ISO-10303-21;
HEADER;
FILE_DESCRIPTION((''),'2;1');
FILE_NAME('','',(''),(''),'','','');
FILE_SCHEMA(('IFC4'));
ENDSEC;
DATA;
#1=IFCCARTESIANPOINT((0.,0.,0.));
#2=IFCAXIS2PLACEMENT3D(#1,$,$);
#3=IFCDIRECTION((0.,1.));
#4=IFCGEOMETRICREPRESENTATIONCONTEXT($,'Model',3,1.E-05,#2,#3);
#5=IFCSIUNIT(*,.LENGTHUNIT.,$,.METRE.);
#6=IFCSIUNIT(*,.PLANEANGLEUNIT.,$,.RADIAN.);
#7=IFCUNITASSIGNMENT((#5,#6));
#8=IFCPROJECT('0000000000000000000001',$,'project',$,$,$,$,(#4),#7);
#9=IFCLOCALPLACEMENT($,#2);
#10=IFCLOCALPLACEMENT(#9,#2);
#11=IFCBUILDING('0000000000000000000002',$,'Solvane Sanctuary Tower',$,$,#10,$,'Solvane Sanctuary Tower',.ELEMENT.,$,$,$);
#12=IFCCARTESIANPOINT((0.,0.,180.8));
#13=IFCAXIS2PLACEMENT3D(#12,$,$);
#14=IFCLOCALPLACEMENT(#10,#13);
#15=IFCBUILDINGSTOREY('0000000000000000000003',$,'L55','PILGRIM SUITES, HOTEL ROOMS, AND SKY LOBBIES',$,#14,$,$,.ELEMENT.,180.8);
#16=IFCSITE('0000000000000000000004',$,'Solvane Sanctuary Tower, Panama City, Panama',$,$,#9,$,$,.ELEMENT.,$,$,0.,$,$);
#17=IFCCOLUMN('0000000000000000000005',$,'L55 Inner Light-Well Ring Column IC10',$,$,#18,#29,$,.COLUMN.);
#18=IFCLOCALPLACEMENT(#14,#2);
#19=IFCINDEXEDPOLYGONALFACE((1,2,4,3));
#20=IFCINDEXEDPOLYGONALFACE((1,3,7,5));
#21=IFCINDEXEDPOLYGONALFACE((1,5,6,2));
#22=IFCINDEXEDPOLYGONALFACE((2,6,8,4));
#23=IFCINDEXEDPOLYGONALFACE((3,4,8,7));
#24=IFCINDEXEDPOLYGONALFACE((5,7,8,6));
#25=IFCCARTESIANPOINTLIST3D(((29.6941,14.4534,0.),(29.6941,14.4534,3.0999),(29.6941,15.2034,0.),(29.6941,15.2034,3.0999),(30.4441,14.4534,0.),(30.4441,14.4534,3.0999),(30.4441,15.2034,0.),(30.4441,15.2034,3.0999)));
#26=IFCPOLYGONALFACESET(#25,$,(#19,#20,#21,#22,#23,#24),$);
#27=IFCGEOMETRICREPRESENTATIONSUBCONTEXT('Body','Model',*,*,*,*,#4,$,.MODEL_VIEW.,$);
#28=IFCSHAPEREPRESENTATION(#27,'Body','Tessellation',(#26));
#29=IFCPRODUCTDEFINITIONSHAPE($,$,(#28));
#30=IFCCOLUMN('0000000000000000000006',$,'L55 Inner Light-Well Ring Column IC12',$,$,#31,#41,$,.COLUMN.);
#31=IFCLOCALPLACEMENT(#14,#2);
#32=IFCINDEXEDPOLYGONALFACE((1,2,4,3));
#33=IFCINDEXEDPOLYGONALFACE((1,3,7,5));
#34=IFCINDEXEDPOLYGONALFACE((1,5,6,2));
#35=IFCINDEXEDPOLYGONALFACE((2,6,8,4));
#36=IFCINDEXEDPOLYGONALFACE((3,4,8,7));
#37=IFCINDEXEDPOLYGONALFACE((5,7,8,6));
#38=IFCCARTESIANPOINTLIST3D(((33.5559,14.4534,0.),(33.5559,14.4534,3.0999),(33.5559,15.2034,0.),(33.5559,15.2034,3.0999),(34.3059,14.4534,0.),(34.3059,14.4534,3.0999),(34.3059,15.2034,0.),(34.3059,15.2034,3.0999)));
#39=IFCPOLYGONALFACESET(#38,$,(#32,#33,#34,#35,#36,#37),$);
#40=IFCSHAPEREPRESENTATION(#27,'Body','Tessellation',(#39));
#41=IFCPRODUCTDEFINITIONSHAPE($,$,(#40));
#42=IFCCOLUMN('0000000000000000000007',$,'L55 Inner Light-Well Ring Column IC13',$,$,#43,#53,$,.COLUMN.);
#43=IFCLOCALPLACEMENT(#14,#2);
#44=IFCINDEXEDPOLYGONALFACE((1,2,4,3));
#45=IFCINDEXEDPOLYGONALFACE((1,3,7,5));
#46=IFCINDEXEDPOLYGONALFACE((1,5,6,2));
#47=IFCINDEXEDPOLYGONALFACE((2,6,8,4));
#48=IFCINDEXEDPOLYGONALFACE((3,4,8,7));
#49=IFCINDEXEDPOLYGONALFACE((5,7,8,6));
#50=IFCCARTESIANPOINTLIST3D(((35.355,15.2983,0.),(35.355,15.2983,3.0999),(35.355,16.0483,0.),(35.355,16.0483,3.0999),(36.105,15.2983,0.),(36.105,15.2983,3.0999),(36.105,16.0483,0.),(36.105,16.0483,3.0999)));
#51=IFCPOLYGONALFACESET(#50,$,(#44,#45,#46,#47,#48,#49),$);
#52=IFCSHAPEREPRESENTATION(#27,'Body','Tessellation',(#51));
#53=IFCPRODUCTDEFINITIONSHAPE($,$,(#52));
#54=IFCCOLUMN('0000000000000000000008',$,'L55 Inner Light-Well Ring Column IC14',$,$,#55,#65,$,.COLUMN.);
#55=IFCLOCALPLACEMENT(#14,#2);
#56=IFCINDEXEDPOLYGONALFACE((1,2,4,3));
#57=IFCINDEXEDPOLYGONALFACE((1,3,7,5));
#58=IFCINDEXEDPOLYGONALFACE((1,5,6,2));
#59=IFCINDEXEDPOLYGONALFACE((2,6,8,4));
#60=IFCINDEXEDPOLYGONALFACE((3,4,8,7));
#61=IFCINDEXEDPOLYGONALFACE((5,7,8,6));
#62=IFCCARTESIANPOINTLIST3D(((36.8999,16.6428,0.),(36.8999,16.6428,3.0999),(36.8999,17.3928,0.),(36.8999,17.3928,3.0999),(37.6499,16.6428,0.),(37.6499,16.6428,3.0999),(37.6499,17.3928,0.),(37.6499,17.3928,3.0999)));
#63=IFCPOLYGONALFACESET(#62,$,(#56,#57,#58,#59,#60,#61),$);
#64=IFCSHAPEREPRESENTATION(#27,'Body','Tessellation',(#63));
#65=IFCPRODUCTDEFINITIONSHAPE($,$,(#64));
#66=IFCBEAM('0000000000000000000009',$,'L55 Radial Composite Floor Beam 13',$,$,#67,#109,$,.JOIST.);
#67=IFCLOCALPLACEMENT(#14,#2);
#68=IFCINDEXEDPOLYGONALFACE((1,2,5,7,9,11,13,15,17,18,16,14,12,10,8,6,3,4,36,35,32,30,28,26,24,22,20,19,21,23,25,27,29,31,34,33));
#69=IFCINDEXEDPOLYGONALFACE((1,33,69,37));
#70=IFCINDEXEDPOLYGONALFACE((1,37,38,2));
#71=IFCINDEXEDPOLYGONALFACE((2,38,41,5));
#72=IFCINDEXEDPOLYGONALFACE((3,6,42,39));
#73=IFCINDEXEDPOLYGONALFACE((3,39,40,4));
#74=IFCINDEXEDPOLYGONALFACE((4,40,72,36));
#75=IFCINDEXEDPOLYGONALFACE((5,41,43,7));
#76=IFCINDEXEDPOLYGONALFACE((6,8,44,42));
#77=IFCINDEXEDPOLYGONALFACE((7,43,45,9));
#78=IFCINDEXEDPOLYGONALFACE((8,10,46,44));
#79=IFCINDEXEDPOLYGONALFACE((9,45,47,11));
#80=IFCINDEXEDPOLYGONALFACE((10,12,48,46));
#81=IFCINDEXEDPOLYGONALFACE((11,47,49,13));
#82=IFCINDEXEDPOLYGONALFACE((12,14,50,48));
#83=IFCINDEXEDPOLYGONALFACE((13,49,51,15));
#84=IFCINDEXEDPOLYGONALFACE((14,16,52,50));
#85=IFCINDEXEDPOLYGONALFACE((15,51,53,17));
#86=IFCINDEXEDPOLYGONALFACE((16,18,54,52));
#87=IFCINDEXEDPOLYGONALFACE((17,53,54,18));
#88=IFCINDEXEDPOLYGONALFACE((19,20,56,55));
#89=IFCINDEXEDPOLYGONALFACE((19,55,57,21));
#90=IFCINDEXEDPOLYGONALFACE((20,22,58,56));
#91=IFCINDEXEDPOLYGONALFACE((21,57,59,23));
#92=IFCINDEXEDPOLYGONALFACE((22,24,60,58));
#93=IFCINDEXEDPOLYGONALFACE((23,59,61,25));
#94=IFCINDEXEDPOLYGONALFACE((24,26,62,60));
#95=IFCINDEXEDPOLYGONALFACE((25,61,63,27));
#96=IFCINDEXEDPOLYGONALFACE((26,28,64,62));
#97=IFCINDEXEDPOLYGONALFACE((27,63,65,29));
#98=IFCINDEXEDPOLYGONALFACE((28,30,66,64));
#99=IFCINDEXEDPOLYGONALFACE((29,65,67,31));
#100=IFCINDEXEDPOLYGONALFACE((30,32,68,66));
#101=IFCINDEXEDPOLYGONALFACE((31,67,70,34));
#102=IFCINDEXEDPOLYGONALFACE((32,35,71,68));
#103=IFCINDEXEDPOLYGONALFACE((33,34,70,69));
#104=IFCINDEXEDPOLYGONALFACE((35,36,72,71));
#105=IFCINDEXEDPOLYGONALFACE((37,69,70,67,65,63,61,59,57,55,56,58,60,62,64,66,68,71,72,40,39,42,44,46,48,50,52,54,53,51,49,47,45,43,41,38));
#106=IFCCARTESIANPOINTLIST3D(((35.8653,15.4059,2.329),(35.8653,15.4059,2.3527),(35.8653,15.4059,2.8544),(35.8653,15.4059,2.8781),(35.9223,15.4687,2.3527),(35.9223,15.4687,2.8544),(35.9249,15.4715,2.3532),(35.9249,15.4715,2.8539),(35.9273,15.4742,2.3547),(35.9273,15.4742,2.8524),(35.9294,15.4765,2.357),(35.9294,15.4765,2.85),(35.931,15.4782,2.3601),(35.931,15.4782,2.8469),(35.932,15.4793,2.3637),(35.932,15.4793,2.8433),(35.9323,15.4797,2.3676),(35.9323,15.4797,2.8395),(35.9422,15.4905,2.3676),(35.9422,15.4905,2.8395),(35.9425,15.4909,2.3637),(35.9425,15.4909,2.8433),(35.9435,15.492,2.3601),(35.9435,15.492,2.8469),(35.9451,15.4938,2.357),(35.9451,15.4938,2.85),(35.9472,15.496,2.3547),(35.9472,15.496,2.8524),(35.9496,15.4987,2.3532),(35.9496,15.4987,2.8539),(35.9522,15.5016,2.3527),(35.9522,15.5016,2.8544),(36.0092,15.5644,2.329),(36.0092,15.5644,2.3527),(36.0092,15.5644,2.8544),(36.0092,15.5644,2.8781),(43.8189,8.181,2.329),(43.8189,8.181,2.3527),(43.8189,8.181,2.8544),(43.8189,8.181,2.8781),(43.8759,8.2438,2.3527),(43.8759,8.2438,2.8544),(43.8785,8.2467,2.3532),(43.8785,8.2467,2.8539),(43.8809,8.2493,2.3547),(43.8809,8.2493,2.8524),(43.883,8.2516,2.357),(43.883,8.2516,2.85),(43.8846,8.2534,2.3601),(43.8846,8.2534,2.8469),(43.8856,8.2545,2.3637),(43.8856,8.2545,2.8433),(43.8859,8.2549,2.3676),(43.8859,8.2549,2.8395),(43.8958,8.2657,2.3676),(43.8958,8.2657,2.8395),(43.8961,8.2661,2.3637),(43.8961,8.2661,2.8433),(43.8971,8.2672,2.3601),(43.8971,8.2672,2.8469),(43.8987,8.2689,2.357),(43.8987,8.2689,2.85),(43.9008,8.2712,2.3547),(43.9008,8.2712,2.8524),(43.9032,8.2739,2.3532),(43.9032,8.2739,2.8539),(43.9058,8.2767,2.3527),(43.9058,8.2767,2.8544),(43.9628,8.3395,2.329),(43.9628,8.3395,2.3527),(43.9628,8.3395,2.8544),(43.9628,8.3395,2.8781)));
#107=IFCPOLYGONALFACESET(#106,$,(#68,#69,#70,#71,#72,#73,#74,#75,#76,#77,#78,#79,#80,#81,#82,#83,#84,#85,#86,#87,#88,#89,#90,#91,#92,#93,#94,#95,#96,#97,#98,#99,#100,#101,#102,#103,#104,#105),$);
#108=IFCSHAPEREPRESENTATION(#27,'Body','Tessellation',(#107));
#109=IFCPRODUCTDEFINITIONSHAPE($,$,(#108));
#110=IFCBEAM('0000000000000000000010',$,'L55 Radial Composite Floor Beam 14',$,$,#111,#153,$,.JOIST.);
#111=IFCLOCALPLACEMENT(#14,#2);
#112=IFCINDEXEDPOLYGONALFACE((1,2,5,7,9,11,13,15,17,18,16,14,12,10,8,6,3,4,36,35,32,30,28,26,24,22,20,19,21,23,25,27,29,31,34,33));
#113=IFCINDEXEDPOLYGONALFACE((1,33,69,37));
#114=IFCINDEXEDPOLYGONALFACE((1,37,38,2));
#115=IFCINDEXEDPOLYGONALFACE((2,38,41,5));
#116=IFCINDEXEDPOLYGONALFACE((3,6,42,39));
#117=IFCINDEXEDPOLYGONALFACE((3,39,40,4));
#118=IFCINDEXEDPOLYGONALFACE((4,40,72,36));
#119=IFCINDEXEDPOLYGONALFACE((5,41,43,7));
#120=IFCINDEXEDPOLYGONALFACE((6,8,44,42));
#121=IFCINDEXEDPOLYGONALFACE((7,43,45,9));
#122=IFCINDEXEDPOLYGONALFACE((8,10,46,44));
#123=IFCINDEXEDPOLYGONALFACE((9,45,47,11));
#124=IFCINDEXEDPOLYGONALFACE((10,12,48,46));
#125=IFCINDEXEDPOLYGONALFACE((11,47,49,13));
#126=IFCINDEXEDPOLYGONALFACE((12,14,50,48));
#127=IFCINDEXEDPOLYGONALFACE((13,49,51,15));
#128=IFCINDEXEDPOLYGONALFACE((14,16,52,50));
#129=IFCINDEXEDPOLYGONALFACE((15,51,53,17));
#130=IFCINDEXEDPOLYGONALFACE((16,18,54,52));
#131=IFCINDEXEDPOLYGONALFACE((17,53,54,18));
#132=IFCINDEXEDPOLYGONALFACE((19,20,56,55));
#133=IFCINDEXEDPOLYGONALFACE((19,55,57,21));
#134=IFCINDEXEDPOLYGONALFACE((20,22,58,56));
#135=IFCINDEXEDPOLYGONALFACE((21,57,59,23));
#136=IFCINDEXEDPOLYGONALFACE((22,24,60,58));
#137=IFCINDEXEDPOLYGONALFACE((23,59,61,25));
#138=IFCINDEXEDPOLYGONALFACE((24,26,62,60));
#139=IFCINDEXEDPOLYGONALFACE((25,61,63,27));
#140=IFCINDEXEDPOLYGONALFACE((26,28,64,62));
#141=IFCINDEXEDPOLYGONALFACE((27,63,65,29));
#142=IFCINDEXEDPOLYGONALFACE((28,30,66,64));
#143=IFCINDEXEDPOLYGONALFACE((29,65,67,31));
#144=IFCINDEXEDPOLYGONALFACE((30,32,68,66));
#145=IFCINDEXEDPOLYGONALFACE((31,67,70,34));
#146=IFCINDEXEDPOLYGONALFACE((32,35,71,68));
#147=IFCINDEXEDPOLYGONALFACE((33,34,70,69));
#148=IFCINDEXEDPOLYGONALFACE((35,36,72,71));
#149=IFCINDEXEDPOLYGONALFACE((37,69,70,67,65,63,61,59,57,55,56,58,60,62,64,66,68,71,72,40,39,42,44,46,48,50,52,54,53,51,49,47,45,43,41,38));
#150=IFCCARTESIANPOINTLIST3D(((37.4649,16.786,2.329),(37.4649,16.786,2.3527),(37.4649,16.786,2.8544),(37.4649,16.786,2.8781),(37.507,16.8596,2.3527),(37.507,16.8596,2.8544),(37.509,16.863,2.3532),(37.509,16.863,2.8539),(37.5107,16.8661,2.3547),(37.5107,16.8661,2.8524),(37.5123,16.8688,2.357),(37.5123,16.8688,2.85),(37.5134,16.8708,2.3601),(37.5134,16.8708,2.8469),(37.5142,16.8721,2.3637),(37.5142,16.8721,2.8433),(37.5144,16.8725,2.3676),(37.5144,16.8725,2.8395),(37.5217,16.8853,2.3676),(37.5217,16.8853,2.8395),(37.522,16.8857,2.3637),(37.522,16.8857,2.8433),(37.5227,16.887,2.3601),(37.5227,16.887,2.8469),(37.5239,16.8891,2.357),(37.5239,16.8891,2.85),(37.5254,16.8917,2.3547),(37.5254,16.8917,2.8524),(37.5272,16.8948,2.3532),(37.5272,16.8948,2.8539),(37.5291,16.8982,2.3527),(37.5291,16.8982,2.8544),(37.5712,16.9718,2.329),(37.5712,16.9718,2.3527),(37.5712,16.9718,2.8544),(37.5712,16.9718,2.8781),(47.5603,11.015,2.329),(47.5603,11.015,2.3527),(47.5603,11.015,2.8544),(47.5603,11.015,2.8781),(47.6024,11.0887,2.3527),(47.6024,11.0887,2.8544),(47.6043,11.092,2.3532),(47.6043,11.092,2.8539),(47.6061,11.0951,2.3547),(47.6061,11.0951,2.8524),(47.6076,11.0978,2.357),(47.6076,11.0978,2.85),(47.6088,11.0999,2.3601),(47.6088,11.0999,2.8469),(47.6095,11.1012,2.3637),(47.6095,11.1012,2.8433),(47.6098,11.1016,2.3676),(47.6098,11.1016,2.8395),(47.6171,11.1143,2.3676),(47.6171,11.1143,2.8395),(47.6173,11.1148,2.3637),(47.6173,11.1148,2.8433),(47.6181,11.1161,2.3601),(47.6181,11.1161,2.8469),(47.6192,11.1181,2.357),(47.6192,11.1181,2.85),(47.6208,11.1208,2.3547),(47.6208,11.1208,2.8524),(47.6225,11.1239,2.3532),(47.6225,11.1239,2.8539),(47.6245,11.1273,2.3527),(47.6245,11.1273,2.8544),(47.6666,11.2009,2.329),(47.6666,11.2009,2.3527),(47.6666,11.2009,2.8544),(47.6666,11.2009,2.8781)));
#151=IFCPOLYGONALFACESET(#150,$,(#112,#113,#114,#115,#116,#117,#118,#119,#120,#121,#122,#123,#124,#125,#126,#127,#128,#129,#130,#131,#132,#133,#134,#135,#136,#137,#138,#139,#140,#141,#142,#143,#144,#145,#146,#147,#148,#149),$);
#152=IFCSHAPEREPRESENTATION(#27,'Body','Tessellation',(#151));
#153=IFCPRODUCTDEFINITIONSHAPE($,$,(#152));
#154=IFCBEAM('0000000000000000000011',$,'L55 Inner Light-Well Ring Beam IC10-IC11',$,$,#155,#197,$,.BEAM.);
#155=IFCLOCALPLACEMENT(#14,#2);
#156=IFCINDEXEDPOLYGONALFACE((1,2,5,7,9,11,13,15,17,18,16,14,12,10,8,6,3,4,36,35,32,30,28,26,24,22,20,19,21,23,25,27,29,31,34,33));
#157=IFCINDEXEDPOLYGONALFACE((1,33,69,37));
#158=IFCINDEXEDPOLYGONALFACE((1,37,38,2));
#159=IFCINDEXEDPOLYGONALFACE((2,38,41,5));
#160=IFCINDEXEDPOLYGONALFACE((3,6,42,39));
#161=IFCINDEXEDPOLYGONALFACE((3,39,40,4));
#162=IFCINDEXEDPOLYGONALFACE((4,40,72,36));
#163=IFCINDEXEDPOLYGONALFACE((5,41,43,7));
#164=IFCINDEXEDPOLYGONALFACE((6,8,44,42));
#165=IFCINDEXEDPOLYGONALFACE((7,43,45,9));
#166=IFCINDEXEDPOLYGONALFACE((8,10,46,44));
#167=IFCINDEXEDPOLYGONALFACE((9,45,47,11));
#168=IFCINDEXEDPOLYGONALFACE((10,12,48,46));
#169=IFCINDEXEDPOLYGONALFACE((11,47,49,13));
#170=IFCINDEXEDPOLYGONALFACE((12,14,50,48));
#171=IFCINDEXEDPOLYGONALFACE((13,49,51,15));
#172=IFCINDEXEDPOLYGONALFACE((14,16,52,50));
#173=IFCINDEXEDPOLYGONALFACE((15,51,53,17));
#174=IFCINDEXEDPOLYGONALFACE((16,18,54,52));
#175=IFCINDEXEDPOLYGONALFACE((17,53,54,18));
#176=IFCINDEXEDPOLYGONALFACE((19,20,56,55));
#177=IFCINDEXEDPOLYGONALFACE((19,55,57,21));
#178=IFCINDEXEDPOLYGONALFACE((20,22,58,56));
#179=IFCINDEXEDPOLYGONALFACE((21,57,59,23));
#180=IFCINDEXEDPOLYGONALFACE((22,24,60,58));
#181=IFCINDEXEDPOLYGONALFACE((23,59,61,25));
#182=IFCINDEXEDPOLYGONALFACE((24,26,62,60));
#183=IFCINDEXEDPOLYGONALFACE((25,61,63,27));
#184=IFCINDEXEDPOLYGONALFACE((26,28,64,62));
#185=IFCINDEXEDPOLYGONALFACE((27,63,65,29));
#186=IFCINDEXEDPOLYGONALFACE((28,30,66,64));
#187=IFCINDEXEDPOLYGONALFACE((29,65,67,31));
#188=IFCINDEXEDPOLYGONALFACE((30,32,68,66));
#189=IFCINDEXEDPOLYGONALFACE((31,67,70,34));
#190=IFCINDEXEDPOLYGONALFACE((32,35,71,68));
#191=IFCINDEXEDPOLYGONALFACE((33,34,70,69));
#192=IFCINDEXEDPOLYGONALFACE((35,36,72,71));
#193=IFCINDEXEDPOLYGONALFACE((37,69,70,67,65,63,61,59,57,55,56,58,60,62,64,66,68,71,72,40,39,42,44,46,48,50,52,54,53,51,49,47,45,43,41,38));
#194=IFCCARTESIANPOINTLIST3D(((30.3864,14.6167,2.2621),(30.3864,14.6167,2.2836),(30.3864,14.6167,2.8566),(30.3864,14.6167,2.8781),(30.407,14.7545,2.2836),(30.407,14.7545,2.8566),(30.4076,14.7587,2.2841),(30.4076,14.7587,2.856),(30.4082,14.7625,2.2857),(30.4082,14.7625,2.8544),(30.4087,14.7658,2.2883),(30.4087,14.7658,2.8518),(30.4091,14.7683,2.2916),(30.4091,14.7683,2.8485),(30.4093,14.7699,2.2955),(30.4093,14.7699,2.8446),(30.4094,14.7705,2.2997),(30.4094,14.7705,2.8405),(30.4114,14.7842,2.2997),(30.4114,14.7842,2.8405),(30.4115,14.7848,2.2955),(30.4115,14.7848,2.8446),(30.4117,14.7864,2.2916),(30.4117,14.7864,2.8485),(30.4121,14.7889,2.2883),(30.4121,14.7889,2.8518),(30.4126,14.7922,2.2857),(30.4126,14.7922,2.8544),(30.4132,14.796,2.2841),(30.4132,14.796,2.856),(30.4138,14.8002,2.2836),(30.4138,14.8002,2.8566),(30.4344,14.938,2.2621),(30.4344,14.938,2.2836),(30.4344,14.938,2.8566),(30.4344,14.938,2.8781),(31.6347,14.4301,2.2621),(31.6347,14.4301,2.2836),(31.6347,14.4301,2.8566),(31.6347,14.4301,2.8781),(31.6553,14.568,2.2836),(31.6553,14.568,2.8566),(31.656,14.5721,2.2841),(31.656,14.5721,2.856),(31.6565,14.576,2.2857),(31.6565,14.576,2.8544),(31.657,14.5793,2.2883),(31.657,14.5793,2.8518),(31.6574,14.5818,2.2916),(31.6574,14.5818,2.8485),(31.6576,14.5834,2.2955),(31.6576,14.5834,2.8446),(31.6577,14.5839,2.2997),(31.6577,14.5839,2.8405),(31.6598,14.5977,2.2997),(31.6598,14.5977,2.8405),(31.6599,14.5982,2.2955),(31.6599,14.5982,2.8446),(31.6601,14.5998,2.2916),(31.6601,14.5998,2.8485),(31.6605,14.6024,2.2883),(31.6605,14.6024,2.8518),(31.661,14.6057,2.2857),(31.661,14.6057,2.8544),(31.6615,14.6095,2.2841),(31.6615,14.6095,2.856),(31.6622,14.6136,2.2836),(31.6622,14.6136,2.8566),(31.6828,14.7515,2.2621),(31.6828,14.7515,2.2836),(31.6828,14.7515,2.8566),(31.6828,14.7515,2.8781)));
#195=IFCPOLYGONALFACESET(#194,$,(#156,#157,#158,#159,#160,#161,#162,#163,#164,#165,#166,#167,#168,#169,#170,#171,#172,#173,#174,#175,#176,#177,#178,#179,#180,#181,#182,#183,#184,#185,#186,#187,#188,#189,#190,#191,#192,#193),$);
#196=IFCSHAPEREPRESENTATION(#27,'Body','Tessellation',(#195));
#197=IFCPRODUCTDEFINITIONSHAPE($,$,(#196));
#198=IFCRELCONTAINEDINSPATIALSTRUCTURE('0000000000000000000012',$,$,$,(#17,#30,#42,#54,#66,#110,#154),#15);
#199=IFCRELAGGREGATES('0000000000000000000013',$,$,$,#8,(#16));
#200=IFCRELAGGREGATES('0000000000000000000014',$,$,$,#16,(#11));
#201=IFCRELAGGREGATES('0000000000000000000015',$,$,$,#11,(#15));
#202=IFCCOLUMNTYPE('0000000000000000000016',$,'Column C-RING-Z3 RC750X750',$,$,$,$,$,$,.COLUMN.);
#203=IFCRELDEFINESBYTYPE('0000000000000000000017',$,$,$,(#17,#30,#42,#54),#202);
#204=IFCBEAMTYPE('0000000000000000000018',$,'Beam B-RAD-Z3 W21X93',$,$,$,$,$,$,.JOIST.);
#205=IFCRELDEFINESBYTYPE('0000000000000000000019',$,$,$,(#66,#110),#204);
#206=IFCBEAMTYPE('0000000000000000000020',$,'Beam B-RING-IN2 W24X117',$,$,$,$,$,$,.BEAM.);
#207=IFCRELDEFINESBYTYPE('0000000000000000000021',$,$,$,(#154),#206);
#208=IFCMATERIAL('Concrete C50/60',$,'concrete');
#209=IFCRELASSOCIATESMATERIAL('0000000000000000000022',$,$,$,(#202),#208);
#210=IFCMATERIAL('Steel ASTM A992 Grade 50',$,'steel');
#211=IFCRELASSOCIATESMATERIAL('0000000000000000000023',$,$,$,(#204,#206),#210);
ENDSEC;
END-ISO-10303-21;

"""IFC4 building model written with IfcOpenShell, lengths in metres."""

from ifc_helpers import new_model, si_unit, direction, frame, origin, origin_2d, place, context, subcontext, project, spatial, rectangle, i_section, extrude, material, material_profile, profile_set, type_object, element, save


model = new_model("IFC4")

# Units and contexts
model_context = context("Model", 3, precision=1e-05, world=origin(), true_north=direction((0.0, 1.0)))
body_context = subcontext(model_context, "Body", "Model", "MODEL_VIEW")
ifc_project = project(units=[si_unit("LENGTHUNIT", "METRE"), si_unit("PLANEANGLEUNIT", "RADIAN")], contexts=[model_context])

# Site, building, storey
site_placement = place(None, origin())
site = spatial("IfcSite", under=ifc_project, at=site_placement, Name="Solvane Sanctuary Tower, Panama City, Panama", CompositionType="ELEMENT", RefElevation=0.0)
building_placement = place(site_placement, origin())
building = spatial("IfcBuilding", under=site, at=building_placement, Name="Solvane Sanctuary Tower", LongName="Solvane Sanctuary Tower", CompositionType="ELEMENT")
storey_placement = place(building_placement, frame((0.0, 0.0, 180.8)))
storey = spatial("IfcBuildingStorey", under=building, at=storey_placement, Name="L55", Description="PILGRIM SUITES, HOTEL ROOMS, AND SKY LOBBIES", CompositionType="ELEMENT", Elevation=180.8)

# Columns
ifc_material_1 = material(Name="Concrete C50/60", Category="concrete")
ifc_material_profile_1 = material_profile(ifc_material_1, rectangle(XDim=0.75, YDim=0.75, at=origin_2d()), Name="RC750X750")
ifc_profile_set_1 = profile_set([ifc_material_profile_1], Name="Concrete C50/60")
column_type = type_object("IfcColumnType", Name="Column C-RING-Z3 RC750X750", PredefinedType="COLUMN", material=ifc_profile_set_1)
for number, where, z_axis, x_axis, name in (
    (1, (30.0691, 14.8284, 0.0), (0.0, 0.0, 1.0), (1.0, 0.0, 0.0), "L55 Inner Light-Well Ring Column IC10"),
    (2, (33.9309, 14.8284, 0.0), (0.0, 0.0, 1.0), (1.0, 0.0, 0.0), "L55 Inner Light-Well Ring Column IC12"),
    (3, (35.73, 15.6733, 0.0), (0.0, 0.0, 1.0), (1.0, 0.0, 0.0), "L55 Inner Light-Well Ring Column IC13"),
    (4, (37.2749, 17.0178, 0.0), (0.0, 0.0, 1.0), (1.0, 0.0, 0.0), "L55 Inner Light-Well Ring Column IC14"),
):
    element("IfcColumn", number, at=place(storey_placement, frame(where, z_axis=z_axis, x_axis=x_axis)), inside=storey, type_object=column_type, Name=name, PredefinedType="COLUMN", context=body_context, shape_type="SweptSolid", body=[
        extrude(rectangle(XDim=0.75, YDim=0.75, at=origin_2d()), origin(), (0.0, 0.0, 1.0), 3.0999),
    ])

# Beams
ifc_material_2 = material(Name="Steel ASTM A992 Grade 50", Category="steel")
ifc_material_profile_2 = material_profile(ifc_material_2, i_section(OverallWidth=0.2141, OverallDepth=0.5491, WebThickness=0.0146, FlangeThickness=0.0237, FilletRadius=0.0149, at=origin_2d()), Name="W21X93")
ifc_profile_set_2 = profile_set([ifc_material_profile_2], Name="Steel ASTM A992 Grade 50")
beam_type_1 = type_object("IfcBeamType", Name="Beam B-RAD-Z3 W21X93", PredefinedType="JOIST", material=ifc_profile_set_2)
beam_1_placement = place(storey_placement, frame((35.9373, 15.4851, 2.6035), z_axis=(0.740204, -0.672382, 0.0), x_axis=(0.672382, 0.740204, 0.0)))
element("IfcBeam", 5, at=beam_1_placement, inside=storey, type_object=beam_type_1, Name="L55 Radial Composite Floor Beam 13", PredefinedType="JOIST", context=body_context, shape_type="SweptSolid", body=[
    extrude(i_section(OverallWidth=0.2141, OverallDepth=0.5491, WebThickness=0.0146, FlangeThickness=0.0237, FilletRadius=0.0149, at=origin_2d()), origin(), (0.0, 0.0, 1.0), 10.7451),
])
beam_2_placement = place(storey_placement, frame((37.5181, 16.8789, 2.6035), z_axis=(0.868163, -0.496279, 0.0), x_axis=(0.496279, 0.868163, 0.0)))
element("IfcBeam", 6, at=beam_2_placement, inside=storey, type_object=beam_type_1, Name="L55 Radial Composite Floor Beam 14", PredefinedType="JOIST", context=body_context, shape_type="SweptSolid", body=[
    extrude(i_section(OverallWidth=0.2141, OverallDepth=0.5491, WebThickness=0.0146, FlangeThickness=0.0237, FilletRadius=0.0149, at=origin_2d()), origin(), (0.0, 0.0, 1.0), 11.6284),
])
ifc_material_profile_3 = material_profile(ifc_material_2, i_section(OverallWidth=0.325, OverallDepth=0.616, WebThickness=0.0139, FlangeThickness=0.0215, FilletRadius=0.0161, at=origin_2d()), Name="W24X117")
ifc_profile_set_3 = profile_set([ifc_material_profile_3], Name="Steel ASTM A992 Grade 50")
beam_type_2 = type_object("IfcBeamType", Name="Beam B-RING-IN2 W24X117", PredefinedType="BEAM", material=ifc_profile_set_3)
beam_3_placement = place(storey_placement, frame((30.4104, 14.7773, 2.5701), z_axis=(0.98902, -0.147782, 0.0), x_axis=(0.147782, 0.98902, 0.0)))
element("IfcBeam", 7, at=beam_3_placement, inside=storey, type_object=beam_type_2, Name="L55 Inner Light-Well Ring Beam IC10-IC11", PredefinedType="BEAM", context=body_context, shape_type="SweptSolid", body=[
    extrude(i_section(OverallWidth=0.325, OverallDepth=0.616, WebThickness=0.0139, FlangeThickness=0.0215, FilletRadius=0.0161, at=origin_2d()), origin(), (0.0, 0.0, 1.0), 1.2622),
])

save(model, "model.ifc")
